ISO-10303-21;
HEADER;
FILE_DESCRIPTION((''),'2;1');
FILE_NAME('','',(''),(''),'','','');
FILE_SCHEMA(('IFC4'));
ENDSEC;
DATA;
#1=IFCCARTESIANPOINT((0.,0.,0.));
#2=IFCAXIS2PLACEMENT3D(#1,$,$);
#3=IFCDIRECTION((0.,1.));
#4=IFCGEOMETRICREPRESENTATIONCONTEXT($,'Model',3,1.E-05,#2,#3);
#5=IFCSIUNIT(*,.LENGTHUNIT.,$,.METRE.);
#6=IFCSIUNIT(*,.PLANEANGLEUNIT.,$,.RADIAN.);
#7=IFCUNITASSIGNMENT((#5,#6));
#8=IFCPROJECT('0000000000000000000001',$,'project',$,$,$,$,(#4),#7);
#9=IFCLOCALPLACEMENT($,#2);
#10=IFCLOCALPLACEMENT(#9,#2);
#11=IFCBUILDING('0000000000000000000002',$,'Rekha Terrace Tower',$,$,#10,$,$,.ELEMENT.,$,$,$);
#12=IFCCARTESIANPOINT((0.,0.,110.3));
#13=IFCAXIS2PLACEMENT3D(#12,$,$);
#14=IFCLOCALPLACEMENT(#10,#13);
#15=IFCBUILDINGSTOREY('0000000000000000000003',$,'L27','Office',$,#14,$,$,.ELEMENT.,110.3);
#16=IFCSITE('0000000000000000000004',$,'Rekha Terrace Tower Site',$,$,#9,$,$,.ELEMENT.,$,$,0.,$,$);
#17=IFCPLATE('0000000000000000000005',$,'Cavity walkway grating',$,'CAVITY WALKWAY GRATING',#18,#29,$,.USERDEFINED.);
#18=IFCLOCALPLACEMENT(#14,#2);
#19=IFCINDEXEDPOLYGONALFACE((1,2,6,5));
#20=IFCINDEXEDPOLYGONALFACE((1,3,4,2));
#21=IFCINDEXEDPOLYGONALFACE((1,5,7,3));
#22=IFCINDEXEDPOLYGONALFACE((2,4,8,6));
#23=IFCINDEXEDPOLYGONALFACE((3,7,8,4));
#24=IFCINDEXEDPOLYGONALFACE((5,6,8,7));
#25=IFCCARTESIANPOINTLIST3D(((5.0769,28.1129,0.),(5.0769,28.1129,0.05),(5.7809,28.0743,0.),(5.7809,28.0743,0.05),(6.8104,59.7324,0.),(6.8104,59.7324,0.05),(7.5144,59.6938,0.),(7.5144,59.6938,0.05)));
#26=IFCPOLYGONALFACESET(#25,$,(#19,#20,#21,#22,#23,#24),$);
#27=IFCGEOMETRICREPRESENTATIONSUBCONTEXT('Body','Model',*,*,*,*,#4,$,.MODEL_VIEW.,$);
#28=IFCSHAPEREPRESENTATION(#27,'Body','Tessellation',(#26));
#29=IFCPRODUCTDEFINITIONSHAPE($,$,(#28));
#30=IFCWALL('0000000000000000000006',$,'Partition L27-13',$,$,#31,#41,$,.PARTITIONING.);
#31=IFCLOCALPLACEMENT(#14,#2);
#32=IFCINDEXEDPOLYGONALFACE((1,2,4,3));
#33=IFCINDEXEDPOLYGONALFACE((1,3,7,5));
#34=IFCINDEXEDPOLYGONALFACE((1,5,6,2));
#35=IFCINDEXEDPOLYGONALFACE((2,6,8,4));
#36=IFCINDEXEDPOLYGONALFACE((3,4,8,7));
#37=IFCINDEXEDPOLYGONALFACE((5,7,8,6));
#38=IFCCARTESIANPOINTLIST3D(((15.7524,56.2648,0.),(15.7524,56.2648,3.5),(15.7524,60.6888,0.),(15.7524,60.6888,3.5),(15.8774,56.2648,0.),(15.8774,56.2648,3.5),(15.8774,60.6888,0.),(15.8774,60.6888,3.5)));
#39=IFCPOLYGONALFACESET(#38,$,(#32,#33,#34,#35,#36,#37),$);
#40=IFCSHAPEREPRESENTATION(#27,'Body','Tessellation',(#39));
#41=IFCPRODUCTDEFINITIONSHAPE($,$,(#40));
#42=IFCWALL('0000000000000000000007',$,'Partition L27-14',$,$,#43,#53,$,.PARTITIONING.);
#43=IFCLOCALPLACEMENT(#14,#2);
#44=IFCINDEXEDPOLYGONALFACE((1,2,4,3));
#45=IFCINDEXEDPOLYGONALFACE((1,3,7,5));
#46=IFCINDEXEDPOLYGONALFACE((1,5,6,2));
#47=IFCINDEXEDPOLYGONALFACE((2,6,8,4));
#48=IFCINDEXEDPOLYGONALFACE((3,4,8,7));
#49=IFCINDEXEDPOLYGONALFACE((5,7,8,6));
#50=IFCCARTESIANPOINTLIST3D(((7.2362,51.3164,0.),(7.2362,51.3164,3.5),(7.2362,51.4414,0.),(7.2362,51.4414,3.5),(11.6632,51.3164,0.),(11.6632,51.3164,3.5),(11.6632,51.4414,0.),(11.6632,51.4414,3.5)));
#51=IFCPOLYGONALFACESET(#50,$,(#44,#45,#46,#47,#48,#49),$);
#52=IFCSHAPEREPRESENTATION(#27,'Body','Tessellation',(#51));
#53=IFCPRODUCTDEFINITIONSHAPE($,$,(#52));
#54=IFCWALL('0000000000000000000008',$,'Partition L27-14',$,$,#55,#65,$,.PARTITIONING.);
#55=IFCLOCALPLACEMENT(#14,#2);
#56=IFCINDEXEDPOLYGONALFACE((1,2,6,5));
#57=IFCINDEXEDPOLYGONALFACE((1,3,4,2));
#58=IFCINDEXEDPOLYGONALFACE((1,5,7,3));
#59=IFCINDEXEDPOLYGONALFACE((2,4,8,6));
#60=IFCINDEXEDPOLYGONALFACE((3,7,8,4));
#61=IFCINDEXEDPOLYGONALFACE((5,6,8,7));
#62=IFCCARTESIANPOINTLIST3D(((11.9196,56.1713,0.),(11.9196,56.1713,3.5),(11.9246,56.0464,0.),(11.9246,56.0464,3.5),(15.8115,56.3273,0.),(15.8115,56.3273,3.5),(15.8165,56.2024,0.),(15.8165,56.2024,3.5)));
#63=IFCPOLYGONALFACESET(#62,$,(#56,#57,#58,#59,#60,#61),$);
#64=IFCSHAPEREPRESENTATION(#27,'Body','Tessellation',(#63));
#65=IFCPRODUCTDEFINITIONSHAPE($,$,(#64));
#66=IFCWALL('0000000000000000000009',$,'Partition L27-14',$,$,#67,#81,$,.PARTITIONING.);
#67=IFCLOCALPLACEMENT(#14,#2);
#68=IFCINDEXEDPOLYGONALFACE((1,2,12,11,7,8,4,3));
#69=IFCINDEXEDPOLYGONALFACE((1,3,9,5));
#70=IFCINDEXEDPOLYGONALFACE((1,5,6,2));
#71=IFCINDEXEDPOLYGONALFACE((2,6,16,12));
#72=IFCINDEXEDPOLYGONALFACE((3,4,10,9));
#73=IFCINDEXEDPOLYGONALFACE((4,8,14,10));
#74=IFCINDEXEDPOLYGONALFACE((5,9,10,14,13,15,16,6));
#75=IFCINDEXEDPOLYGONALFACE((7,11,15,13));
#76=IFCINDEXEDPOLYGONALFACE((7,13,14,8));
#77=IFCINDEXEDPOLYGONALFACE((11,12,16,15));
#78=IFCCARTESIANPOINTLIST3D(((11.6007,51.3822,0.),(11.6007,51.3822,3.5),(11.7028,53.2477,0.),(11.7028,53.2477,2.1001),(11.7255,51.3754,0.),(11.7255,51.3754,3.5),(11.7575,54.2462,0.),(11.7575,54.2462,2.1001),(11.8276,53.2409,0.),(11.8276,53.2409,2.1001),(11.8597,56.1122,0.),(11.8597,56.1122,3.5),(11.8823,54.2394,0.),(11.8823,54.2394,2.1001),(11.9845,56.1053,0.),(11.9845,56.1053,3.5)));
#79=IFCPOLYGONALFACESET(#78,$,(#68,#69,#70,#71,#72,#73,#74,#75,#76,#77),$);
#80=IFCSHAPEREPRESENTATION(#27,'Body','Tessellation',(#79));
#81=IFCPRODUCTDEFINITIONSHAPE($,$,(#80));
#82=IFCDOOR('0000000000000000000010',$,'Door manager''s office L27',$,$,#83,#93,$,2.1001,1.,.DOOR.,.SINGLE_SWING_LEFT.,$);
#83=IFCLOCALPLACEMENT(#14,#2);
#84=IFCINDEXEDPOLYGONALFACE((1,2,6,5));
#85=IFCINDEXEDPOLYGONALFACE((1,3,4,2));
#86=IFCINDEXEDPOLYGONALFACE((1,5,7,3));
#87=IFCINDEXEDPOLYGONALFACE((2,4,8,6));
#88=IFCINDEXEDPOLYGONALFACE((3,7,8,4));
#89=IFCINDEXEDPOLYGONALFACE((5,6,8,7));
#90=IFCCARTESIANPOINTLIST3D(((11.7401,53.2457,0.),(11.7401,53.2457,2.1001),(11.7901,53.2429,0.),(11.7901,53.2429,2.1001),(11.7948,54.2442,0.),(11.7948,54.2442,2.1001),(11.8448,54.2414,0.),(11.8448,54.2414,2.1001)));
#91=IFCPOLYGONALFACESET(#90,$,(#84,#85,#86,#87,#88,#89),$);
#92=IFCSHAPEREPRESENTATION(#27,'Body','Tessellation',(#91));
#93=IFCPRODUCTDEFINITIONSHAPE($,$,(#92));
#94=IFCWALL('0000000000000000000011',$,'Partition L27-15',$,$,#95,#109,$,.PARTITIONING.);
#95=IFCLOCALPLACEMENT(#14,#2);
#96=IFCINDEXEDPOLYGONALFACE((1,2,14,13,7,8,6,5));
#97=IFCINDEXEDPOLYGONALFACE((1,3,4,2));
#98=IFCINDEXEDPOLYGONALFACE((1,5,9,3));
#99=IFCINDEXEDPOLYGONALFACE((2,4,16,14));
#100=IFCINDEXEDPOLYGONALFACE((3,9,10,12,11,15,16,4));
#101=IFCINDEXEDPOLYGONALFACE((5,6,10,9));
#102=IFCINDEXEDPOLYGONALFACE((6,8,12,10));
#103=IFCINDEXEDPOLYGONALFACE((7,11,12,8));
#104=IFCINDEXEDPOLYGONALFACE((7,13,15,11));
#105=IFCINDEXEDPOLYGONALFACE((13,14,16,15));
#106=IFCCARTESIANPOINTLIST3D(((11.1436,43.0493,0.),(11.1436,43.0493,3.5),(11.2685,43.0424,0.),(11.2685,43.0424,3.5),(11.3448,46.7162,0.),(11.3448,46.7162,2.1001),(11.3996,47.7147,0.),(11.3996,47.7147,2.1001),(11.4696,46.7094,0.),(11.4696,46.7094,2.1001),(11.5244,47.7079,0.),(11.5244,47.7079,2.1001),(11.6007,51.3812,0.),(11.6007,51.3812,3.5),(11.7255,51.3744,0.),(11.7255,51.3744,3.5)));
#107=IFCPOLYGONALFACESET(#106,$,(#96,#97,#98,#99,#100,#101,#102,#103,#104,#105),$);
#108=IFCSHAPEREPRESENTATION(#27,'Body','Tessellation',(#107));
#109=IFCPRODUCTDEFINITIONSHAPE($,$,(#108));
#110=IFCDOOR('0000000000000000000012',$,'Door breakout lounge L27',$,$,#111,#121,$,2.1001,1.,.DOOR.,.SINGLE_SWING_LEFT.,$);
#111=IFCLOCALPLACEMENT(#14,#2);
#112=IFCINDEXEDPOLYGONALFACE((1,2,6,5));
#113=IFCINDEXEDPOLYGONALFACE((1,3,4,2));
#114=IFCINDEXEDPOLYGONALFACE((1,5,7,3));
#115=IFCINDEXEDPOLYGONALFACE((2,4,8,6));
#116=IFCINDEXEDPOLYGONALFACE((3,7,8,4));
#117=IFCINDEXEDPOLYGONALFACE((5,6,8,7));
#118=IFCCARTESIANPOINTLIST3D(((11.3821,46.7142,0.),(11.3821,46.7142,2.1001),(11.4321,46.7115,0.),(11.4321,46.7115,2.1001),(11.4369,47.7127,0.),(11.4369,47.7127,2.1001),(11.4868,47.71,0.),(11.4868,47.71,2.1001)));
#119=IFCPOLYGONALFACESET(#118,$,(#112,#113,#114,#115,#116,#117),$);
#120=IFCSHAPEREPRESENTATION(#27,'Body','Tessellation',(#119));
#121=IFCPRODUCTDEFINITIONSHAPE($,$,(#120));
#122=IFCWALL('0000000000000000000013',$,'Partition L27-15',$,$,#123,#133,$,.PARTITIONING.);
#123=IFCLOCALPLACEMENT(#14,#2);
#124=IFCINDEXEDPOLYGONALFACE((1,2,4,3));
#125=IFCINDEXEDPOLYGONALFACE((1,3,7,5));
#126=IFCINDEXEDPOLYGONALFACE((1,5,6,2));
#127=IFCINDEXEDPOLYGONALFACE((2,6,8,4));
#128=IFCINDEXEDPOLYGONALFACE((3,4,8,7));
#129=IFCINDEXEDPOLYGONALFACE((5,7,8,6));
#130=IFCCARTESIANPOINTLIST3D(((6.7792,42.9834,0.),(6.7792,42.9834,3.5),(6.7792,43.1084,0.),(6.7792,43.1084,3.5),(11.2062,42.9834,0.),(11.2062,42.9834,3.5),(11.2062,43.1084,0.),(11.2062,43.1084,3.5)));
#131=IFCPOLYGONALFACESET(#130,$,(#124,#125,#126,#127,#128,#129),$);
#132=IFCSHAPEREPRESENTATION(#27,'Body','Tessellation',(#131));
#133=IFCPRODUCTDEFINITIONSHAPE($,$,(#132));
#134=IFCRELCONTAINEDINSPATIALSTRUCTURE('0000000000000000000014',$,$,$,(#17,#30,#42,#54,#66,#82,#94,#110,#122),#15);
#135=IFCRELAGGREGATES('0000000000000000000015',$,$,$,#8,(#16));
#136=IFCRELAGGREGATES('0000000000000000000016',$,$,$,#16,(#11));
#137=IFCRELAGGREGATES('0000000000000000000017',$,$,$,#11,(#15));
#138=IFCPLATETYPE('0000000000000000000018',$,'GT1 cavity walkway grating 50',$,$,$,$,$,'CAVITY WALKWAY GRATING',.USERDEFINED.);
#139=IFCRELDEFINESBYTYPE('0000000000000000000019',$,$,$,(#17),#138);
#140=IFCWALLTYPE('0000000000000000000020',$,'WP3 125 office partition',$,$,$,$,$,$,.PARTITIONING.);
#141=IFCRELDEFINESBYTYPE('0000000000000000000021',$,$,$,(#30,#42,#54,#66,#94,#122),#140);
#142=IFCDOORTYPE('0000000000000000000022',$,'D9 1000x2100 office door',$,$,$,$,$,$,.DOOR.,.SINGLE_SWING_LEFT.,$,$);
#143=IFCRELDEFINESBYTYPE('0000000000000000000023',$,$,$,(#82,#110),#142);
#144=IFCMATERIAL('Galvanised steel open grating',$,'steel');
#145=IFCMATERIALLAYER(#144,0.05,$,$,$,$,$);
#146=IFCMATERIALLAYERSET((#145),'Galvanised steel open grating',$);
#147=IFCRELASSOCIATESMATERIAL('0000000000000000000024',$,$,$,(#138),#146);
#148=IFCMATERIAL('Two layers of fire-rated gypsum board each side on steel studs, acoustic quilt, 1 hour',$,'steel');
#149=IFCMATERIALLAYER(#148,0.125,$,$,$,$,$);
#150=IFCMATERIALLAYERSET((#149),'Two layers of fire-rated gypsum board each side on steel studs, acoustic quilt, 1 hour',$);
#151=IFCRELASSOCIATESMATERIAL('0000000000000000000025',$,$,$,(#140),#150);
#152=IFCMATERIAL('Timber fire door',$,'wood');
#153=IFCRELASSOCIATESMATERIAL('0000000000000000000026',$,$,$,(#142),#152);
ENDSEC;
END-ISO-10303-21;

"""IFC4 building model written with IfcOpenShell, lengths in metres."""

from ifc_helpers import new_model, si_unit, direction, frame, frame_2d, origin, origin_2d, place, context, subcontext, project, spatial, rectangle, extrude, material, layer, layer_set, type_object, element, fill, save


model = new_model("IFC4")

# Units and contexts
model_context = context("Model", 3, precision=1e-05, world=origin(), true_north=direction((0.0, 1.0)))
body_context = subcontext(model_context, "Body", "Model", "MODEL_VIEW")
ifc_project = project(units=[si_unit("LENGTHUNIT", "METRE"), si_unit("PLANEANGLEUNIT", "RADIAN")], contexts=[model_context])

# Site, building, storey
site_placement = place(None, origin())
site = spatial("IfcSite", under=ifc_project, at=site_placement, Name="Rekha Terrace Tower Site", CompositionType="ELEMENT", RefElevation=0.0)
building_placement = place(site_placement, origin())
building = spatial("IfcBuilding", under=site, at=building_placement, Name="Rekha Terrace Tower", CompositionType="ELEMENT")
storey_placement = place(building_placement, frame((0.0, 0.0, 110.3)))
storey = spatial("IfcBuildingStorey", under=building, at=storey_placement, Name="L27", Description="Office", CompositionType="ELEMENT", Elevation=110.3)

# Plate
ifc_material_1 = material(Name="Galvanised steel open grating", Category="steel")
ifc_layer_1 = layer(ifc_material_1, 0.05)
ifc_layer_set_1 = layer_set([ifc_layer_1], Name="Galvanised steel open grating")
plate_type_1 = type_object("IfcPlateType", Name="GT1 cavity walkway grating 50", ElementType="CAVITY WALKWAY GRATING", PredefinedType="USERDEFINED", material=ifc_layer_set_1)
plate_1_placement = place(storey_placement, frame((6.2957, 43.9033, 0.0), z_axis=(0.0, 0.0, 1.0), x_axis=(-0.054742, -0.998501, 0.0)))
element("IfcPlate", 1, at=plate_1_placement, inside=storey, type_object=plate_type_1, Name="Cavity walkway grating", ObjectType="CAVITY WALKWAY GRATING", PredefinedType="USERDEFINED", context=body_context, shape_type="SweptSolid", body=[
    extrude(rectangle(XDim=31.667, YDim=0.7051, at=origin_2d()), origin(), (0.0, 0.0, 1.0), 0.05),
])

# Walls
ifc_material_2 = material(Name="Two layers of fire-rated gypsum board each side on steel studs, acoustic quilt, 1 hour", Category="steel")
ifc_layer_2 = layer(ifc_material_2, 0.125)
ifc_layer_set_2 = layer_set([ifc_layer_2], Name="Two layers of fire-rated gypsum board each side on steel studs, acoustic quilt, 1 hour")
wall_type = type_object("IfcWallType", Name="WP3 125 office partition", PredefinedType="PARTITIONING", material=ifc_layer_set_2)
wall_1_placement = place(storey_placement, frame((15.8149, 56.2649, 0.0), z_axis=(0.0, 0.0, 1.0), x_axis=(0.0, 1.0, 0.0)))
element("IfcWall", 2, at=wall_1_placement, inside=storey, type_object=wall_type, Name="Partition L27-13", PredefinedType="PARTITIONING", context=body_context, shape_type="SweptSolid", body=[
    extrude(rectangle(XDim=4.4241, YDim=0.125, at=frame_2d((2.2119, 0.0))), origin(), (0.0, 0.0, 1.0), 3.5),
])
wall_2_placement = place(storey_placement, frame((11.6631, 51.3789, 0.0), z_axis=(0.0, 0.0, 1.0), x_axis=(-1.0, 0.0, 0.0)))
element("IfcWall", 3, at=wall_2_placement, inside=storey, type_object=wall_type, Name="Partition L27-14", PredefinedType="PARTITIONING", context=body_context, shape_type="SweptSolid", body=[
    extrude(rectangle(XDim=4.427, YDim=0.125, at=frame_2d((2.2134, 0.0))), origin(), (0.0, 0.0, 1.0), 3.5),
])
wall_3_placement = place(storey_placement, frame((15.814, 56.2649, 0.0), z_axis=(0.0, 0.0, 1.0), x_axis=(-0.999198, -0.040053, 0.0)))
element("IfcWall", 4, at=wall_3_placement, inside=storey, type_object=wall_type, Name="Partition L27-14", PredefinedType="PARTITIONING", context=body_context, shape_type="SweptSolid", body=[
    extrude(rectangle(XDim=3.895, YDim=0.125, at=frame_2d((1.9475, 0.0))), origin(), (0.0, 0.0, 1.0), 3.5),
])

# Walls, openings, doors
wall_4_placement = place(storey_placement, frame((11.9221, 56.1089, 0.0), z_axis=(0.0, 0.0, 1.0), x_axis=(-0.054682, -0.998504, 0.0)))
wall_4 = element("IfcWall", 5, at=wall_4_placement, inside=storey, type_object=wall_type, Name="Partition L27-14", PredefinedType="PARTITIONING", context=body_context, shape_type="SweptSolid", body=[
    extrude(rectangle(XDim=4.7371, YDim=0.125, at=frame_2d((2.3687, 0.0))), origin(), (0.0, 0.0, 1.0), 3.5),
])
opening_1_placement = place(wall_4_placement, frame((1.8689, 0.0, 0.0)))
opening_1 = element("IfcOpeningElement", 6, at=opening_1_placement, cuts=wall_4, PredefinedType="OPENING", context=body_context, shape_type="SweptSolid", body=[
    extrude(rectangle(XDim=1.0, YDim=2.1001, at=frame_2d((0.5, 1.05))), frame((0.0, 0.0725, 0.0), z_axis=(0.0, -1.0, 0.0), x_axis=(1.0, 0.0, 0.0)), (0.0, 0.0, 1.0), 0.145),
])
ifc_material_3 = material(Name="Timber fire door", Category="wood")
door_type = type_object("IfcDoorType", Name="D9 1000x2100 office door", OperationType="SINGLE_SWING_LEFT", PredefinedType="DOOR", material=ifc_material_3)
door_1_placement = place(opening_1_placement, origin())
door_1 = element("IfcDoor", 7, at=door_1_placement, inside=storey, type_object=door_type, Name="Door manager's office L27", OperationType="SINGLE_SWING_LEFT", OverallHeight=2.1001, OverallWidth=1.0, PredefinedType="DOOR", context=body_context, shape_type="SweptSolid", body=[
    extrude(rectangle(XDim=1.0, YDim=2.1001, at=frame_2d((0.5, 1.05))), frame((0.0, 0.0249, 0.0), z_axis=(0.0, -1.0, 0.0), x_axis=(1.0, 0.0, 0.0)), (0.0, 0.0, 1.0), 0.05),
])
fill(opening_1, door_1)
wall_5_placement = place(storey_placement, frame((11.6631, 51.3779, 0.0), z_axis=(0.0, 0.0, 1.0), x_axis=(-0.05477, -0.998499, 0.0)))
wall_5 = element("IfcWall", 8, at=wall_5_placement, inside=storey, type_object=wall_type, Name="Partition L27-15", PredefinedType="PARTITIONING", context=body_context, shape_type="SweptSolid", body=[
    extrude(rectangle(XDim=8.3445, YDim=0.125, at=frame_2d((4.1724, 0.0))), origin(), (0.0, 0.0, 1.0), 3.5),
])
opening_2_placement = place(wall_5_placement, frame((3.6721, 0.0, 0.0)))
opening_2 = element("IfcOpeningElement", 9, at=opening_2_placement, cuts=wall_5, PredefinedType="OPENING", context=body_context, shape_type="SweptSolid", body=[
    extrude(rectangle(XDim=1.0, YDim=2.1001, at=frame_2d((0.5, 1.05))), frame((0.0, 0.0725, 0.0), z_axis=(0.0, -1.0, 0.0), x_axis=(1.0, 0.0, 0.0)), (0.0, 0.0, 1.0), 0.145),
])
door_2_placement = place(opening_2_placement, origin())
door_2 = element("IfcDoor", 10, at=door_2_placement, inside=storey, type_object=door_type, Name="Door breakout lounge L27", OperationType="SINGLE_SWING_LEFT", OverallHeight=2.1001, OverallWidth=1.0, PredefinedType="DOOR", context=body_context, shape_type="SweptSolid", body=[
    extrude(rectangle(XDim=1.0, YDim=2.1001, at=frame_2d((0.5, 1.05))), frame((0.0, 0.0249, 0.0), z_axis=(0.0, -1.0, 0.0), x_axis=(1.0, 0.0, 0.0)), (0.0, 0.0, 1.0), 0.05),
])
fill(opening_2, door_2)

# Wall
wall_6_placement = place(storey_placement, frame((11.2061, 43.0459, 0.0), z_axis=(0.0, 0.0, 1.0), x_axis=(-1.0, 0.0, 0.0)))
element("IfcWall", 11, at=wall_6_placement, inside=storey, type_object=wall_type, Name="Partition L27-15", PredefinedType="PARTITIONING", context=body_context, shape_type="SweptSolid", body=[
    extrude(rectangle(XDim=4.427, YDim=0.125, at=frame_2d((2.2134, 0.0))), origin(), (0.0, 0.0, 1.0), 3.5),
])

save(model, "model.ifc")
